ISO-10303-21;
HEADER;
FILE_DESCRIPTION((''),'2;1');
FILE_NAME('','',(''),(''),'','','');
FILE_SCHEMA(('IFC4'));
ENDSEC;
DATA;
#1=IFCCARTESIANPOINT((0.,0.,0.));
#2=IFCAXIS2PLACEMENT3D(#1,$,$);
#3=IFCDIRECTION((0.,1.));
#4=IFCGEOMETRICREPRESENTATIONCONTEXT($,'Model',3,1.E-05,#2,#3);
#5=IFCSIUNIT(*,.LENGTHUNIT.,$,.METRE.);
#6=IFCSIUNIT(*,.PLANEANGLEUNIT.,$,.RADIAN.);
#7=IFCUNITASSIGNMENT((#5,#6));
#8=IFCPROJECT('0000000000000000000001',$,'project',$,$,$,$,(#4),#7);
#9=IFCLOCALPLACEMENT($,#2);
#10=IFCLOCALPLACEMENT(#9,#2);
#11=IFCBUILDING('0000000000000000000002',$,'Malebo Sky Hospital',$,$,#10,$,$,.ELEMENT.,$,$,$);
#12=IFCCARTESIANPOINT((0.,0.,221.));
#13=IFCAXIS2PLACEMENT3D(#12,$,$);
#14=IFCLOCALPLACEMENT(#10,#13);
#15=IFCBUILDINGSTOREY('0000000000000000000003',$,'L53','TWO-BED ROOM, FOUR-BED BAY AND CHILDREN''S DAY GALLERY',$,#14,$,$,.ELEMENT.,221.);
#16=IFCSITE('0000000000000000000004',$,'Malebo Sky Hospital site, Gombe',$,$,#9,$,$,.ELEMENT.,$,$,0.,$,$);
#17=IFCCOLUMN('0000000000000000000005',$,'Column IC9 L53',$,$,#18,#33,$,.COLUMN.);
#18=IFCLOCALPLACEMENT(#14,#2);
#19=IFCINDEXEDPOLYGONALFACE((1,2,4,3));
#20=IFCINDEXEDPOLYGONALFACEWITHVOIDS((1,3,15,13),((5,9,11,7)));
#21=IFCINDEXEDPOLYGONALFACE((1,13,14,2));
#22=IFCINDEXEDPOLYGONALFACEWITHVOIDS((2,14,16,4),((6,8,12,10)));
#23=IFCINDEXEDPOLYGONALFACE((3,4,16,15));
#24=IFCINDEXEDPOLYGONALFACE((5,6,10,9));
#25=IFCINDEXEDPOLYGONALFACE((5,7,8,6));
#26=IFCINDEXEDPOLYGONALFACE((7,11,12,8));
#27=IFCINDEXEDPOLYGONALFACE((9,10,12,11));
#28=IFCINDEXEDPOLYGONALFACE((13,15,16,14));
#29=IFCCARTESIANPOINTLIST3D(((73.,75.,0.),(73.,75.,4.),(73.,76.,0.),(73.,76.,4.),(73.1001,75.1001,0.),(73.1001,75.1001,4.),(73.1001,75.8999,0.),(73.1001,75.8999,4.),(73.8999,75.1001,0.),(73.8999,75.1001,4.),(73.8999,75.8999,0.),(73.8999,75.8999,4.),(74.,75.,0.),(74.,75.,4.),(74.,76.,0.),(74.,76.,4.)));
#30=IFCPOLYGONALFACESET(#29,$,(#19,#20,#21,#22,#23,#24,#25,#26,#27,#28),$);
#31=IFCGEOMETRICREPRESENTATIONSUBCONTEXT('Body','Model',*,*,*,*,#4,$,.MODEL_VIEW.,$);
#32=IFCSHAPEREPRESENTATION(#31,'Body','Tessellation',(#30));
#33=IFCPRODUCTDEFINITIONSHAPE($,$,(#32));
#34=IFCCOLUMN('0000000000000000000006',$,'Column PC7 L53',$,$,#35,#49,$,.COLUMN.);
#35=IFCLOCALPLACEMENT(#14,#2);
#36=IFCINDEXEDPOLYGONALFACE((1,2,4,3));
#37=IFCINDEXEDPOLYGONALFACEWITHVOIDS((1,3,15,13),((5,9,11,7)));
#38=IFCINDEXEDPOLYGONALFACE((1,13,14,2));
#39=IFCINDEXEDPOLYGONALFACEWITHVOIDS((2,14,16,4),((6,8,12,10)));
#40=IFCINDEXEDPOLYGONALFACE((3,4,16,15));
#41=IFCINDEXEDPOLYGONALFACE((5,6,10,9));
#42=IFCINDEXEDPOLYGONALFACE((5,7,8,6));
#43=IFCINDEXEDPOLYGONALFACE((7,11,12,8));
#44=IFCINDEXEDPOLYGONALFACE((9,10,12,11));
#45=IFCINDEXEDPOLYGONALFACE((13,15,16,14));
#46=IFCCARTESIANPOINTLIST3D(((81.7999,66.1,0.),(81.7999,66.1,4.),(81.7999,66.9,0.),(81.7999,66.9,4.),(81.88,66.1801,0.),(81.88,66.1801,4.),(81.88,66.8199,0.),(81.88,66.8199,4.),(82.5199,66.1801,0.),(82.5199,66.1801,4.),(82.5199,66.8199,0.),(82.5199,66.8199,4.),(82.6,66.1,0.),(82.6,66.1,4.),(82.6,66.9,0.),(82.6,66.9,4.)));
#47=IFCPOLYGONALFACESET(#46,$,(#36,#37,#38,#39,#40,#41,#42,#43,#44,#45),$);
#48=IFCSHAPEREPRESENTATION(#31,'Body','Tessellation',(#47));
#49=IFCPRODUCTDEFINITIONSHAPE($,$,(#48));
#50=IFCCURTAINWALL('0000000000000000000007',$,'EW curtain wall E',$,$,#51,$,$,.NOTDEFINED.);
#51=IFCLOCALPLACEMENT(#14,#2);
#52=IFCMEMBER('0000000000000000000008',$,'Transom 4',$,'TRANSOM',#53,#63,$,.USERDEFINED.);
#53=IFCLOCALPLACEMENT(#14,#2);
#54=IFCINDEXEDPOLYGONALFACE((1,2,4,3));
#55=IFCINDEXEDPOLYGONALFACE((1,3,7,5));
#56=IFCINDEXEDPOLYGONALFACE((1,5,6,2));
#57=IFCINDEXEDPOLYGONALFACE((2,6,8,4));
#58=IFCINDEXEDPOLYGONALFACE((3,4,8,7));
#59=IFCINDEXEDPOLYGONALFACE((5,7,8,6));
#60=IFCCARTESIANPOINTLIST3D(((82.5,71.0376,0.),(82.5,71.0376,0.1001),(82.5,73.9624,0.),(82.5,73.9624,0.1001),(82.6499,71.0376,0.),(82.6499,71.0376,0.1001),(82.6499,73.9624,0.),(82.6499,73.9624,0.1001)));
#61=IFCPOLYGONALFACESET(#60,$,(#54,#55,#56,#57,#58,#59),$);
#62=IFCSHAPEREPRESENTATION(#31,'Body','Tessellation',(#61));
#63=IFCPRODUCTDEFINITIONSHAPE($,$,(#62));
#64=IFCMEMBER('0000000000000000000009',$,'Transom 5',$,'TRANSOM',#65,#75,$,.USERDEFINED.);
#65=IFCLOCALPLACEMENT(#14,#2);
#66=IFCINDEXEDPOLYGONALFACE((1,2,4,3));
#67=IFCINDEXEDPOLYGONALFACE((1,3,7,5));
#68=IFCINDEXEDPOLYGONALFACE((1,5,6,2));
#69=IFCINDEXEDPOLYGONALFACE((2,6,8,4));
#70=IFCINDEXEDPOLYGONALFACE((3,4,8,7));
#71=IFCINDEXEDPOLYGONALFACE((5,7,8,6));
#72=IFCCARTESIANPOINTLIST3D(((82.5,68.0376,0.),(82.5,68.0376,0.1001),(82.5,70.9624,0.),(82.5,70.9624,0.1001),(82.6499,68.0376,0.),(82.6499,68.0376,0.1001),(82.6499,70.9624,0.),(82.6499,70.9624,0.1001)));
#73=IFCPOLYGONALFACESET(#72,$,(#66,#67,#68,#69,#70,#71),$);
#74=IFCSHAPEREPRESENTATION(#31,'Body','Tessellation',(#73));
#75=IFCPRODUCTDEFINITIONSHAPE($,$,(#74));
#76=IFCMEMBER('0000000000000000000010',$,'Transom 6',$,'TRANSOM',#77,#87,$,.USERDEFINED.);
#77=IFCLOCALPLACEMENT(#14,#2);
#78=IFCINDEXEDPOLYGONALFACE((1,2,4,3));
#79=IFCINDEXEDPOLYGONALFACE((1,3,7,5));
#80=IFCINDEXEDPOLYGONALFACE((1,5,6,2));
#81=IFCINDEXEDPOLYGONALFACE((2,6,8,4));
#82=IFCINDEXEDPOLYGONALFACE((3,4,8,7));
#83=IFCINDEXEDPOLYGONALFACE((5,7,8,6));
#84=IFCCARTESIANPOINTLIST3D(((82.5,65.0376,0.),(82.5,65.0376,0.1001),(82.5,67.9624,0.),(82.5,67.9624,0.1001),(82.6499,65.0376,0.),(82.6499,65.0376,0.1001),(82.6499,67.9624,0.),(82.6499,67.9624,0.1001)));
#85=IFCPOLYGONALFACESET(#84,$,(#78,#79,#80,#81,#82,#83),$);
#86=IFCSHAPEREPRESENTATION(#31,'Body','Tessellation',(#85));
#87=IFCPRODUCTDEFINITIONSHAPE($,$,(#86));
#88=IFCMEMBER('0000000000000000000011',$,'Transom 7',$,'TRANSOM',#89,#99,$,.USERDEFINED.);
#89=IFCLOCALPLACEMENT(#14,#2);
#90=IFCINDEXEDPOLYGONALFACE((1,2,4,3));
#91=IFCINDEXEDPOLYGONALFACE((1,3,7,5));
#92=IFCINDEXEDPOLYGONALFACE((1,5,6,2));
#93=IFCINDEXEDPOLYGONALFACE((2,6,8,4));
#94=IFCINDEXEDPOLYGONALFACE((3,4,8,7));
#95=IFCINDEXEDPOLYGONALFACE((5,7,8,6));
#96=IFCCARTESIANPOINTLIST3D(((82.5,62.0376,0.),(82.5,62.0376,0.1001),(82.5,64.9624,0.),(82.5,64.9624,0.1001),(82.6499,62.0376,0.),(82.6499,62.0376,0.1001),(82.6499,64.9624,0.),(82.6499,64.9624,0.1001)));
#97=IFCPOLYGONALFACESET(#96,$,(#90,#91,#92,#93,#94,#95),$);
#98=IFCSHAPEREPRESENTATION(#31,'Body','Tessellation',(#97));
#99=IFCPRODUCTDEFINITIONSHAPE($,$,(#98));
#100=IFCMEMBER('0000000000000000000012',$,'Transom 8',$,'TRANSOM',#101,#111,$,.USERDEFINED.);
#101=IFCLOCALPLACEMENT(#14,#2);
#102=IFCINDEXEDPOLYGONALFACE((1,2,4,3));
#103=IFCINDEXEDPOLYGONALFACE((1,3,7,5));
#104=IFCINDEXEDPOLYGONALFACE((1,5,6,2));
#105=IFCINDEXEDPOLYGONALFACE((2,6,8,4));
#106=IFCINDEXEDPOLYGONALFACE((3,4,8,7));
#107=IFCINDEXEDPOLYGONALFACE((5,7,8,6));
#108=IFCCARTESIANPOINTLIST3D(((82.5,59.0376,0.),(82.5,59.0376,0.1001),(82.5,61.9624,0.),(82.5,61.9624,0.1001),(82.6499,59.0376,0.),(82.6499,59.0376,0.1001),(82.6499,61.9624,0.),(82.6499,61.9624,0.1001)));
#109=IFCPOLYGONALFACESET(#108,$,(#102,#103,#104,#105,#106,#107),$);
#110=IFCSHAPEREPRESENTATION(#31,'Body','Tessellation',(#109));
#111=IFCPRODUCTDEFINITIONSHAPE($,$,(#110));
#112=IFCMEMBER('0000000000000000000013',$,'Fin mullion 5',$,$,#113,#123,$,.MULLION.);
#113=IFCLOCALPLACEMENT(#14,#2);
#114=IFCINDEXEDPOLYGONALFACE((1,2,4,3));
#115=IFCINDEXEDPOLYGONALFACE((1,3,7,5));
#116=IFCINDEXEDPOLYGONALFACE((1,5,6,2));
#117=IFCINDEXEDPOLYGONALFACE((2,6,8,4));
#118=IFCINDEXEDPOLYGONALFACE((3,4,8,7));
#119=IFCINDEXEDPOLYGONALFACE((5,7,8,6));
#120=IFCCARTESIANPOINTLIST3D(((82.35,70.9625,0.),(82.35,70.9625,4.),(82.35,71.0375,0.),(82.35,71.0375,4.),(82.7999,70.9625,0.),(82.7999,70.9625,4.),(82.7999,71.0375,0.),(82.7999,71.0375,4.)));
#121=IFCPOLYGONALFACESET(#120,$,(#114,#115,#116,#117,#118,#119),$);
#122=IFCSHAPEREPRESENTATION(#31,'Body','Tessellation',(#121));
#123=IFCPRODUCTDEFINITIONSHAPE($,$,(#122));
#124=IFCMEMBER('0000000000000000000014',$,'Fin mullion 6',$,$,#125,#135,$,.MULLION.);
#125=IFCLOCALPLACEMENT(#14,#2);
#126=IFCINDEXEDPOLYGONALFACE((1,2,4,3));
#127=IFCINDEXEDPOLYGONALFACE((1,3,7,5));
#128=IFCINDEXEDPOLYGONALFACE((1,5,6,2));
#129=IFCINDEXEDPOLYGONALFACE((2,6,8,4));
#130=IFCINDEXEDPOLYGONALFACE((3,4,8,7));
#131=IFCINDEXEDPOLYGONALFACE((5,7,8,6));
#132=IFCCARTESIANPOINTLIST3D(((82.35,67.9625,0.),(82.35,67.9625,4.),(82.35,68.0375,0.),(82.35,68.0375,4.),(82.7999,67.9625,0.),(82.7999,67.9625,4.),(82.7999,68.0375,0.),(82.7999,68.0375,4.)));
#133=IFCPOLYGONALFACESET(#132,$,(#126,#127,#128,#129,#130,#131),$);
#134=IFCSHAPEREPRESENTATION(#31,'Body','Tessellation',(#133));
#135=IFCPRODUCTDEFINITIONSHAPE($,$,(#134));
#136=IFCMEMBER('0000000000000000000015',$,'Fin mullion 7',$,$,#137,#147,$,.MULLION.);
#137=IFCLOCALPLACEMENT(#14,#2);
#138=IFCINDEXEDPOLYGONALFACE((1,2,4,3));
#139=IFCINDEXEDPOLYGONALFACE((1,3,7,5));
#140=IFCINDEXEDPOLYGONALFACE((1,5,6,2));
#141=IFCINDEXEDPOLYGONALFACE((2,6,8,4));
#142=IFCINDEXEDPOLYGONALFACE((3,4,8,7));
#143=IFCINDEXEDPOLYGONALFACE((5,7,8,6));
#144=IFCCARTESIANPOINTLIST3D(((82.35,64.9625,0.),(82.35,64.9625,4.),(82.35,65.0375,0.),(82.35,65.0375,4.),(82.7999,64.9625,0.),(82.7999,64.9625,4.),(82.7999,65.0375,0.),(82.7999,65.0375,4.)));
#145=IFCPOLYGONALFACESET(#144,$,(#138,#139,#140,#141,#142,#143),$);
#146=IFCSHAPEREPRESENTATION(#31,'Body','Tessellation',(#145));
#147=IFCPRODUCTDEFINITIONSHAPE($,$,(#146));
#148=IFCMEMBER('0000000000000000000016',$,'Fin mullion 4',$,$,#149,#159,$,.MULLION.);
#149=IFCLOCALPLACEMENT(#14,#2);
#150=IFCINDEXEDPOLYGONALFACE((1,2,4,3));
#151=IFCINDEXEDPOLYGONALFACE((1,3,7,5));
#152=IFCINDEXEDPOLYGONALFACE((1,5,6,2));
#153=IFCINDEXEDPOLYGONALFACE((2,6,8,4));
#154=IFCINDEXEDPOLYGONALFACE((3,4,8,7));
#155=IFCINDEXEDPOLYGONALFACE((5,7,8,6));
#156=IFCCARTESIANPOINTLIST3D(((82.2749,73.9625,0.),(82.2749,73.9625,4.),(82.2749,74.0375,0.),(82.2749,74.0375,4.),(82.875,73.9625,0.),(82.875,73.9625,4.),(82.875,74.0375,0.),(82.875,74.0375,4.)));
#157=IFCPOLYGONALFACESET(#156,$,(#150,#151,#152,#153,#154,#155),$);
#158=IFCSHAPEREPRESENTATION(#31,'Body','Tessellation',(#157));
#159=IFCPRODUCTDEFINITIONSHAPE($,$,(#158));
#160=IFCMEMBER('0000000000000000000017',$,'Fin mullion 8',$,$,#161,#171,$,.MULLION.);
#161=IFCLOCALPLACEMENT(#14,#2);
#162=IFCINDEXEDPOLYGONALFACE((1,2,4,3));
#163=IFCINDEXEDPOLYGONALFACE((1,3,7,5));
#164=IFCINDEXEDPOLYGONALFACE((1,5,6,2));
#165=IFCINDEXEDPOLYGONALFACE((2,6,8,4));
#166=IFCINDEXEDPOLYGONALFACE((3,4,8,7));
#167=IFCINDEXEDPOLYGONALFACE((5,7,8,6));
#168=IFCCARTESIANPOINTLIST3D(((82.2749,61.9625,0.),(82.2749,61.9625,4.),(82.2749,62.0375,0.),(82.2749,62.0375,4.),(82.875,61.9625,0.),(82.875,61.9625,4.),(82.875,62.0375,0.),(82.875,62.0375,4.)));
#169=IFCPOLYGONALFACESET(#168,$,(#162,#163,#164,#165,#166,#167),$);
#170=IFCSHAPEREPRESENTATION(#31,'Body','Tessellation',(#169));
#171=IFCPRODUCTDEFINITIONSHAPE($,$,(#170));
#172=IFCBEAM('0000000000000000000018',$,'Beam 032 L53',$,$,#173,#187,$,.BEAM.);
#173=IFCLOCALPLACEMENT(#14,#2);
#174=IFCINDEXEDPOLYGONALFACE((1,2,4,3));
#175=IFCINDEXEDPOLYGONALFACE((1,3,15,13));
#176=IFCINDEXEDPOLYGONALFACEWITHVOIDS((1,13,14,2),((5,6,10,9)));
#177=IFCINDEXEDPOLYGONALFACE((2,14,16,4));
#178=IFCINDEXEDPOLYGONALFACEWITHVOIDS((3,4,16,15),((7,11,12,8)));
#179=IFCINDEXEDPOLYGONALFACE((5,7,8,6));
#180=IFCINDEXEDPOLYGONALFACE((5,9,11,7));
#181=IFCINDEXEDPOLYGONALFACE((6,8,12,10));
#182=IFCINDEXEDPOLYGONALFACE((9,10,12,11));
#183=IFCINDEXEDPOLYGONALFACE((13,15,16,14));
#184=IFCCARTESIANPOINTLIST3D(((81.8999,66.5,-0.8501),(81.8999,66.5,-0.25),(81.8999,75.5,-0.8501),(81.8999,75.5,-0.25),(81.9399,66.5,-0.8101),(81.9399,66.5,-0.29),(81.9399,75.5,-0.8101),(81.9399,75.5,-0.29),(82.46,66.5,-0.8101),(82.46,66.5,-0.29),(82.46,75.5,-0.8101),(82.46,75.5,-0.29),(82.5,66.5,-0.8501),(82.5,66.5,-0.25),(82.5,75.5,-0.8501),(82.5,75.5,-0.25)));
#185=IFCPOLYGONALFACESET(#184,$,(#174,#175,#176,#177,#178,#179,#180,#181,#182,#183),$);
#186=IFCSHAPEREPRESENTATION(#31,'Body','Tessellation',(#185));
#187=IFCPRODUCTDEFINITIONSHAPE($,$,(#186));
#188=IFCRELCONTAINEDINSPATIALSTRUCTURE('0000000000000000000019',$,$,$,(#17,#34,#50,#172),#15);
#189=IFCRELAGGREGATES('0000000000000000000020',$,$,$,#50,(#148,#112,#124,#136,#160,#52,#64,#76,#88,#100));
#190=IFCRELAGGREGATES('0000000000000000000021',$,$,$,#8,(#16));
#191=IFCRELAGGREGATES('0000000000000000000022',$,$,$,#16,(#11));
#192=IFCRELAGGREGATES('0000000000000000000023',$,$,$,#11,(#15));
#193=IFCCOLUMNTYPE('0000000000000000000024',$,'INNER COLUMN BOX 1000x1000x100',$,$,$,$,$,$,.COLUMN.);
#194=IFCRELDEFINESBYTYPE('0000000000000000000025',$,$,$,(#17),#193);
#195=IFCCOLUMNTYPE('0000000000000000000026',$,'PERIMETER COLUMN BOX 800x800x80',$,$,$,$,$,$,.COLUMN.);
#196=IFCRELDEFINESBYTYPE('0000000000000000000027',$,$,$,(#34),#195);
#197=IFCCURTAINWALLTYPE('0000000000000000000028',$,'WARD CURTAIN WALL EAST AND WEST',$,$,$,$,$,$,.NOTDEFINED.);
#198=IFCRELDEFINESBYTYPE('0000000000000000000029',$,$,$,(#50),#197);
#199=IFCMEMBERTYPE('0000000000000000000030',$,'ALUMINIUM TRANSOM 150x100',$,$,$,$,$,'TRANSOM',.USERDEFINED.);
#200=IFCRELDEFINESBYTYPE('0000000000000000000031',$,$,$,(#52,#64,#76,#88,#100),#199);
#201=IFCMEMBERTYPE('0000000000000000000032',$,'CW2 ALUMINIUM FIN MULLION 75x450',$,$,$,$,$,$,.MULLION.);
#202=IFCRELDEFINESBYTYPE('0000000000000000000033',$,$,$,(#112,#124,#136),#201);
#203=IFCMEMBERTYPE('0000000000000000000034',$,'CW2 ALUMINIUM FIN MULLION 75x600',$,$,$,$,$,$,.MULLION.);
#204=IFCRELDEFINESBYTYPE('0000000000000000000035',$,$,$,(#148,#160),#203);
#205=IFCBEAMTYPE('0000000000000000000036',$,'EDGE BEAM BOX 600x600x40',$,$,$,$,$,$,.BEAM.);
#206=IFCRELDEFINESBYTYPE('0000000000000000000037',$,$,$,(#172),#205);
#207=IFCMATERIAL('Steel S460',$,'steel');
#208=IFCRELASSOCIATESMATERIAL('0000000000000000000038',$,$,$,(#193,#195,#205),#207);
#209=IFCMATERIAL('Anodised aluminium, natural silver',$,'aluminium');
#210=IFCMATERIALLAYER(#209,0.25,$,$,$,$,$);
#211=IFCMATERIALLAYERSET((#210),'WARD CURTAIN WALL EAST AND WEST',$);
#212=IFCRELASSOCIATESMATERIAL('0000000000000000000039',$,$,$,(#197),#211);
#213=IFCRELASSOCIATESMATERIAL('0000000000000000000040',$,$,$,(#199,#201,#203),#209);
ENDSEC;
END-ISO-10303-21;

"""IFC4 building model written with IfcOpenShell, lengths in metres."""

from ifc_helpers import new_model, si_unit, direction, frame, origin, origin_2d, place, context, subcontext, project, spatial, rectangle, hollow_rectangle, extrude, material, layer, layer_set, material_profile, profile_set, type_object, element, aggregate, save


model = new_model("IFC4")

# Units and contexts
model_context = context("Model", 3, precision=1e-05, world=origin(), true_north=direction((0.0, 1.0)))
body_context = subcontext(model_context, "Body", "Model", "MODEL_VIEW")
ifc_project = project(units=[si_unit("LENGTHUNIT", "METRE"), si_unit("PLANEANGLEUNIT", "RADIAN")], contexts=[model_context])

# Site, building, storey
site_placement = place(None, origin())
site = spatial("IfcSite", under=ifc_project, at=site_placement, Name="Malebo Sky Hospital site, Gombe", CompositionType="ELEMENT", RefElevation=0.0)
building_placement = place(site_placement, origin())
building = spatial("IfcBuilding", under=site, at=building_placement, Name="Malebo Sky Hospital", CompositionType="ELEMENT")
storey_placement = place(building_placement, frame((0.0, 0.0, 221.0)))
storey = spatial("IfcBuildingStorey", under=building, at=storey_placement, Name="L53", Description="TWO-BED ROOM, FOUR-BED BAY AND CHILDREN'S DAY GALLERY", CompositionType="ELEMENT", Elevation=221.0)

# Columns
ifc_material_1 = material(Name="Steel S460", Category="steel")
ifc_material_profile_1 = material_profile(ifc_material_1, hollow_rectangle(XDim=1.0, YDim=1.0, WallThickness=0.1001, at=origin_2d()), Name="BOX 1000x1000x100")
ifc_profile_set_1 = profile_set([ifc_material_profile_1], Name="Steel S460")
column_type_1 = type_object("IfcColumnType", Name="INNER COLUMN BOX 1000x1000x100", PredefinedType="COLUMN", material=ifc_profile_set_1)
column_1_placement = place(storey_placement, frame((73.5, 75.5, 0.0), z_axis=(0.0, 0.0, 1.0), x_axis=(1.0, 0.0, 0.0)))
element("IfcColumn", 1, at=column_1_placement, inside=storey, type_object=column_type_1, Name="Column IC9 L53", PredefinedType="COLUMN", context=body_context, shape_type="SweptSolid", body=[
    extrude(hollow_rectangle(XDim=1.0, YDim=1.0, WallThickness=0.1001, at=origin_2d()), origin(), (0.0, 0.0, 1.0), 4.0),
])
ifc_material_profile_2 = material_profile(ifc_material_1, hollow_rectangle(XDim=0.8, YDim=0.8, WallThickness=0.0801, at=origin_2d()), Name="BOX 800x800x80")
ifc_profile_set_2 = profile_set([ifc_material_profile_2], Name="Steel S460")
column_type_2 = type_object("IfcColumnType", Name="PERIMETER COLUMN BOX 800x800x80", PredefinedType="COLUMN", material=ifc_profile_set_2)
column_2_placement = place(storey_placement, frame((82.2, 66.5, 0.0), z_axis=(0.0, 0.0, 1.0), x_axis=(1.0, 0.0, 0.0)))
element("IfcColumn", 2, at=column_2_placement, inside=storey, type_object=column_type_2, Name="Column PC7 L53", PredefinedType="COLUMN", context=body_context, shape_type="SweptSolid", body=[
    extrude(hollow_rectangle(XDim=0.8, YDim=0.8, WallThickness=0.0801, at=origin_2d()), origin(), (0.0, 0.0, 1.0), 4.0),
])

# Curtain wall, members
ifc_material_2 = material(Name="Anodised aluminium, natural silver", Category="aluminium")
ifc_layer_1 = layer(ifc_material_2, 0.25)
ifc_layer_set_1 = layer_set([ifc_layer_1], Name="WARD CURTAIN WALL EAST AND WEST")
curtain_wall_type = type_object("IfcCurtainWallType", Name="WARD CURTAIN WALL EAST AND WEST", PredefinedType="NOTDEFINED", material=ifc_layer_set_1)
curtain_wall_placement = place(storey_placement, origin())
curtain_wall = element("IfcCurtainWall", 3, at=curtain_wall_placement, inside=storey, type_object=curtain_wall_type, Name="EW curtain wall E", PredefinedType="NOTDEFINED")
ifc_material_profile_3 = material_profile(ifc_material_2, rectangle(XDim=0.1499, YDim=0.1001, at=origin_2d()), Name="ALUMINIUM TRANSOM 150x100")
ifc_profile_set_3 = profile_set([ifc_material_profile_3], Name="Anodised aluminium, natural silver")
member_type_1 = type_object("IfcMemberType", Name="ALUMINIUM TRANSOM 150x100", ElementType="TRANSOM", PredefinedType="USERDEFINED", material=ifc_profile_set_3)
member_1_placement = place(storey_placement, frame((82.575, 73.9624, 0.05), z_axis=(0.0, -1.0, 0.0), x_axis=(1.0, 0.0, 0.0)))
member_1 = element("IfcMember", 4, at=member_1_placement, type_object=member_type_1, Name="Transom 4", ObjectType="TRANSOM", PredefinedType="USERDEFINED", context=body_context, shape_type="SweptSolid", body=[
    extrude(rectangle(XDim=0.1499, YDim=0.1001, at=origin_2d()), origin(), (0.0, 0.0, 1.0), 2.9248),
])
member_2_placement = place(storey_placement, frame((82.575, 70.9624, 0.05), z_axis=(0.0, -1.0, 0.0), x_axis=(1.0, 0.0, 0.0)))
member_2 = element("IfcMember", 5, at=member_2_placement, type_object=member_type_1, Name="Transom 5", ObjectType="TRANSOM", PredefinedType="USERDEFINED", context=body_context, shape_type="SweptSolid", body=[
    extrude(rectangle(XDim=0.1499, YDim=0.1001, at=origin_2d()), origin(), (0.0, 0.0, 1.0), 2.9248),
])
member_3_placement = place(storey_placement, frame((82.575, 67.9624, 0.05), z_axis=(0.0, -1.0, 0.0), x_axis=(1.0, 0.0, 0.0)))
member_3 = element("IfcMember", 6, at=member_3_placement, type_object=member_type_1, Name="Transom 6", ObjectType="TRANSOM", PredefinedType="USERDEFINED", context=body_context, shape_type="SweptSolid", body=[
    extrude(rectangle(XDim=0.1499, YDim=0.1001, at=origin_2d()), origin(), (0.0, 0.0, 1.0), 2.9248),
])
member_4_placement = place(storey_placement, frame((82.575, 64.9624, 0.05), z_axis=(0.0, -1.0, 0.0), x_axis=(1.0, 0.0, 0.0)))
member_4 = element("IfcMember", 7, at=member_4_placement, type_object=member_type_1, Name="Transom 7", ObjectType="TRANSOM", PredefinedType="USERDEFINED", context=body_context, shape_type="SweptSolid", body=[
    extrude(rectangle(XDim=0.1499, YDim=0.1001, at=origin_2d()), origin(), (0.0, 0.0, 1.0), 2.9248),
])
member_5_placement = place(storey_placement, frame((82.575, 61.9624, 0.05), z_axis=(0.0, -1.0, 0.0), x_axis=(1.0, 0.0, 0.0)))
member_5 = element("IfcMember", 8, at=member_5_placement, type_object=member_type_1, Name="Transom 8", ObjectType="TRANSOM", PredefinedType="USERDEFINED", context=body_context, shape_type="SweptSolid", body=[
    extrude(rectangle(XDim=0.1499, YDim=0.1001, at=origin_2d()), origin(), (0.0, 0.0, 1.0), 2.9248),
])
ifc_material_profile_4 = material_profile(ifc_material_2, rectangle(XDim=0.075, YDim=0.45, at=origin_2d()), Name="CW2 ALUMINIUM FIN MULLION 75x450")
ifc_profile_set_4 = profile_set([ifc_material_profile_4], Name="Anodised aluminium, natural silver")
member_type_2 = type_object("IfcMemberType", Name="CW2 ALUMINIUM FIN MULLION 75x450", PredefinedType="MULLION", material=ifc_profile_set_4)
member_6_placement = place(storey_placement, frame((82.575, 71.0, 0.0), z_axis=(0.0, 0.0, 1.0), x_axis=(0.0, -1.0, 0.0)))
member_6 = element("IfcMember", 9, at=member_6_placement, type_object=member_type_2, Name="Fin mullion 5", PredefinedType="MULLION", context=body_context, shape_type="SweptSolid", body=[
    extrude(rectangle(XDim=0.075, YDim=0.45, at=origin_2d()), origin(), (0.0, 0.0, 1.0), 4.0),
])
member_7_placement = place(storey_placement, frame((82.575, 68.0, 0.0), z_axis=(0.0, 0.0, 1.0), x_axis=(0.0, -1.0, 0.0)))
member_7 = element("IfcMember", 10, at=member_7_placement, type_object=member_type_2, Name="Fin mullion 6", PredefinedType="MULLION", context=body_context, shape_type="SweptSolid", body=[
    extrude(rectangle(XDim=0.075, YDim=0.45, at=origin_2d()), origin(), (0.0, 0.0, 1.0), 4.0),
])
member_8_placement = place(storey_placement, frame((82.575, 65.0, 0.0), z_axis=(0.0, 0.0, 1.0), x_axis=(0.0, -1.0, 0.0)))
member_8 = element("IfcMember", 11, at=member_8_placement, type_object=member_type_2, Name="Fin mullion 7", PredefinedType="MULLION", context=body_context, shape_type="SweptSolid", body=[
    extrude(rectangle(XDim=0.075, YDim=0.45, at=origin_2d()), origin(), (0.0, 0.0, 1.0), 4.0),
])
ifc_material_profile_5 = material_profile(ifc_material_2, rectangle(XDim=0.075, YDim=0.6001, at=origin_2d()), Name="CW2 ALUMINIUM FIN MULLION 75x600")
ifc_profile_set_5 = profile_set([ifc_material_profile_5], Name="Anodised aluminium, natural silver")
member_type_3 = type_object("IfcMemberType", Name="CW2 ALUMINIUM FIN MULLION 75x600", PredefinedType="MULLION", material=ifc_profile_set_5)
member_9_placement = place(storey_placement, frame((82.575, 74.0, 0.0), z_axis=(0.0, 0.0, 1.0), x_axis=(0.0, -1.0, 0.0)))
member_9 = element("IfcMember", 12, at=member_9_placement, type_object=member_type_3, Name="Fin mullion 4", PredefinedType="MULLION", context=body_context, shape_type="SweptSolid", body=[
    extrude(rectangle(XDim=0.075, YDim=0.6001, at=origin_2d()), origin(), (0.0, 0.0, 1.0), 4.0),
])
member_10_placement = place(storey_placement, frame((82.575, 62.0, 0.0), z_axis=(0.0, 0.0, 1.0), x_axis=(0.0, -1.0, 0.0)))
member_10 = element("IfcMember", 13, at=member_10_placement, type_object=member_type_3, Name="Fin mullion 8", PredefinedType="MULLION", context=body_context, shape_type="SweptSolid", body=[
    extrude(rectangle(XDim=0.075, YDim=0.6001, at=origin_2d()), origin(), (0.0, 0.0, 1.0), 4.0),
])

# Beam
ifc_material_profile_6 = material_profile(ifc_material_1, hollow_rectangle(XDim=0.6001, YDim=0.6001, WallThickness=0.04, at=origin_2d()), Name="BOX 600x600x40")
ifc_profile_set_6 = profile_set([ifc_material_profile_6], Name="Steel S460")
beam_type_1 = type_object("IfcBeamType", Name="EDGE BEAM BOX 600x600x40", PredefinedType="BEAM", material=ifc_profile_set_6)
beam_1_placement = place(storey_placement, frame((82.2, 66.5, -0.55), z_axis=(0.0, 1.0, 0.0), x_axis=(-1.0, 0.0, 0.0)))
element("IfcBeam", 14, at=beam_1_placement, inside=storey, type_object=beam_type_1, Name="Beam 032 L53", PredefinedType="BEAM", context=body_context, shape_type="SweptSolid", body=[
    extrude(hollow_rectangle(XDim=0.6001, YDim=0.6001, WallThickness=0.04, at=origin_2d()), origin(), (0.0, 0.0, 1.0), 9.0),
])

aggregate(curtain_wall, [member_9, member_6, member_7, member_8, member_10, member_1, member_2, member_3, member_4, member_5])

save(model, "model.ifc")
